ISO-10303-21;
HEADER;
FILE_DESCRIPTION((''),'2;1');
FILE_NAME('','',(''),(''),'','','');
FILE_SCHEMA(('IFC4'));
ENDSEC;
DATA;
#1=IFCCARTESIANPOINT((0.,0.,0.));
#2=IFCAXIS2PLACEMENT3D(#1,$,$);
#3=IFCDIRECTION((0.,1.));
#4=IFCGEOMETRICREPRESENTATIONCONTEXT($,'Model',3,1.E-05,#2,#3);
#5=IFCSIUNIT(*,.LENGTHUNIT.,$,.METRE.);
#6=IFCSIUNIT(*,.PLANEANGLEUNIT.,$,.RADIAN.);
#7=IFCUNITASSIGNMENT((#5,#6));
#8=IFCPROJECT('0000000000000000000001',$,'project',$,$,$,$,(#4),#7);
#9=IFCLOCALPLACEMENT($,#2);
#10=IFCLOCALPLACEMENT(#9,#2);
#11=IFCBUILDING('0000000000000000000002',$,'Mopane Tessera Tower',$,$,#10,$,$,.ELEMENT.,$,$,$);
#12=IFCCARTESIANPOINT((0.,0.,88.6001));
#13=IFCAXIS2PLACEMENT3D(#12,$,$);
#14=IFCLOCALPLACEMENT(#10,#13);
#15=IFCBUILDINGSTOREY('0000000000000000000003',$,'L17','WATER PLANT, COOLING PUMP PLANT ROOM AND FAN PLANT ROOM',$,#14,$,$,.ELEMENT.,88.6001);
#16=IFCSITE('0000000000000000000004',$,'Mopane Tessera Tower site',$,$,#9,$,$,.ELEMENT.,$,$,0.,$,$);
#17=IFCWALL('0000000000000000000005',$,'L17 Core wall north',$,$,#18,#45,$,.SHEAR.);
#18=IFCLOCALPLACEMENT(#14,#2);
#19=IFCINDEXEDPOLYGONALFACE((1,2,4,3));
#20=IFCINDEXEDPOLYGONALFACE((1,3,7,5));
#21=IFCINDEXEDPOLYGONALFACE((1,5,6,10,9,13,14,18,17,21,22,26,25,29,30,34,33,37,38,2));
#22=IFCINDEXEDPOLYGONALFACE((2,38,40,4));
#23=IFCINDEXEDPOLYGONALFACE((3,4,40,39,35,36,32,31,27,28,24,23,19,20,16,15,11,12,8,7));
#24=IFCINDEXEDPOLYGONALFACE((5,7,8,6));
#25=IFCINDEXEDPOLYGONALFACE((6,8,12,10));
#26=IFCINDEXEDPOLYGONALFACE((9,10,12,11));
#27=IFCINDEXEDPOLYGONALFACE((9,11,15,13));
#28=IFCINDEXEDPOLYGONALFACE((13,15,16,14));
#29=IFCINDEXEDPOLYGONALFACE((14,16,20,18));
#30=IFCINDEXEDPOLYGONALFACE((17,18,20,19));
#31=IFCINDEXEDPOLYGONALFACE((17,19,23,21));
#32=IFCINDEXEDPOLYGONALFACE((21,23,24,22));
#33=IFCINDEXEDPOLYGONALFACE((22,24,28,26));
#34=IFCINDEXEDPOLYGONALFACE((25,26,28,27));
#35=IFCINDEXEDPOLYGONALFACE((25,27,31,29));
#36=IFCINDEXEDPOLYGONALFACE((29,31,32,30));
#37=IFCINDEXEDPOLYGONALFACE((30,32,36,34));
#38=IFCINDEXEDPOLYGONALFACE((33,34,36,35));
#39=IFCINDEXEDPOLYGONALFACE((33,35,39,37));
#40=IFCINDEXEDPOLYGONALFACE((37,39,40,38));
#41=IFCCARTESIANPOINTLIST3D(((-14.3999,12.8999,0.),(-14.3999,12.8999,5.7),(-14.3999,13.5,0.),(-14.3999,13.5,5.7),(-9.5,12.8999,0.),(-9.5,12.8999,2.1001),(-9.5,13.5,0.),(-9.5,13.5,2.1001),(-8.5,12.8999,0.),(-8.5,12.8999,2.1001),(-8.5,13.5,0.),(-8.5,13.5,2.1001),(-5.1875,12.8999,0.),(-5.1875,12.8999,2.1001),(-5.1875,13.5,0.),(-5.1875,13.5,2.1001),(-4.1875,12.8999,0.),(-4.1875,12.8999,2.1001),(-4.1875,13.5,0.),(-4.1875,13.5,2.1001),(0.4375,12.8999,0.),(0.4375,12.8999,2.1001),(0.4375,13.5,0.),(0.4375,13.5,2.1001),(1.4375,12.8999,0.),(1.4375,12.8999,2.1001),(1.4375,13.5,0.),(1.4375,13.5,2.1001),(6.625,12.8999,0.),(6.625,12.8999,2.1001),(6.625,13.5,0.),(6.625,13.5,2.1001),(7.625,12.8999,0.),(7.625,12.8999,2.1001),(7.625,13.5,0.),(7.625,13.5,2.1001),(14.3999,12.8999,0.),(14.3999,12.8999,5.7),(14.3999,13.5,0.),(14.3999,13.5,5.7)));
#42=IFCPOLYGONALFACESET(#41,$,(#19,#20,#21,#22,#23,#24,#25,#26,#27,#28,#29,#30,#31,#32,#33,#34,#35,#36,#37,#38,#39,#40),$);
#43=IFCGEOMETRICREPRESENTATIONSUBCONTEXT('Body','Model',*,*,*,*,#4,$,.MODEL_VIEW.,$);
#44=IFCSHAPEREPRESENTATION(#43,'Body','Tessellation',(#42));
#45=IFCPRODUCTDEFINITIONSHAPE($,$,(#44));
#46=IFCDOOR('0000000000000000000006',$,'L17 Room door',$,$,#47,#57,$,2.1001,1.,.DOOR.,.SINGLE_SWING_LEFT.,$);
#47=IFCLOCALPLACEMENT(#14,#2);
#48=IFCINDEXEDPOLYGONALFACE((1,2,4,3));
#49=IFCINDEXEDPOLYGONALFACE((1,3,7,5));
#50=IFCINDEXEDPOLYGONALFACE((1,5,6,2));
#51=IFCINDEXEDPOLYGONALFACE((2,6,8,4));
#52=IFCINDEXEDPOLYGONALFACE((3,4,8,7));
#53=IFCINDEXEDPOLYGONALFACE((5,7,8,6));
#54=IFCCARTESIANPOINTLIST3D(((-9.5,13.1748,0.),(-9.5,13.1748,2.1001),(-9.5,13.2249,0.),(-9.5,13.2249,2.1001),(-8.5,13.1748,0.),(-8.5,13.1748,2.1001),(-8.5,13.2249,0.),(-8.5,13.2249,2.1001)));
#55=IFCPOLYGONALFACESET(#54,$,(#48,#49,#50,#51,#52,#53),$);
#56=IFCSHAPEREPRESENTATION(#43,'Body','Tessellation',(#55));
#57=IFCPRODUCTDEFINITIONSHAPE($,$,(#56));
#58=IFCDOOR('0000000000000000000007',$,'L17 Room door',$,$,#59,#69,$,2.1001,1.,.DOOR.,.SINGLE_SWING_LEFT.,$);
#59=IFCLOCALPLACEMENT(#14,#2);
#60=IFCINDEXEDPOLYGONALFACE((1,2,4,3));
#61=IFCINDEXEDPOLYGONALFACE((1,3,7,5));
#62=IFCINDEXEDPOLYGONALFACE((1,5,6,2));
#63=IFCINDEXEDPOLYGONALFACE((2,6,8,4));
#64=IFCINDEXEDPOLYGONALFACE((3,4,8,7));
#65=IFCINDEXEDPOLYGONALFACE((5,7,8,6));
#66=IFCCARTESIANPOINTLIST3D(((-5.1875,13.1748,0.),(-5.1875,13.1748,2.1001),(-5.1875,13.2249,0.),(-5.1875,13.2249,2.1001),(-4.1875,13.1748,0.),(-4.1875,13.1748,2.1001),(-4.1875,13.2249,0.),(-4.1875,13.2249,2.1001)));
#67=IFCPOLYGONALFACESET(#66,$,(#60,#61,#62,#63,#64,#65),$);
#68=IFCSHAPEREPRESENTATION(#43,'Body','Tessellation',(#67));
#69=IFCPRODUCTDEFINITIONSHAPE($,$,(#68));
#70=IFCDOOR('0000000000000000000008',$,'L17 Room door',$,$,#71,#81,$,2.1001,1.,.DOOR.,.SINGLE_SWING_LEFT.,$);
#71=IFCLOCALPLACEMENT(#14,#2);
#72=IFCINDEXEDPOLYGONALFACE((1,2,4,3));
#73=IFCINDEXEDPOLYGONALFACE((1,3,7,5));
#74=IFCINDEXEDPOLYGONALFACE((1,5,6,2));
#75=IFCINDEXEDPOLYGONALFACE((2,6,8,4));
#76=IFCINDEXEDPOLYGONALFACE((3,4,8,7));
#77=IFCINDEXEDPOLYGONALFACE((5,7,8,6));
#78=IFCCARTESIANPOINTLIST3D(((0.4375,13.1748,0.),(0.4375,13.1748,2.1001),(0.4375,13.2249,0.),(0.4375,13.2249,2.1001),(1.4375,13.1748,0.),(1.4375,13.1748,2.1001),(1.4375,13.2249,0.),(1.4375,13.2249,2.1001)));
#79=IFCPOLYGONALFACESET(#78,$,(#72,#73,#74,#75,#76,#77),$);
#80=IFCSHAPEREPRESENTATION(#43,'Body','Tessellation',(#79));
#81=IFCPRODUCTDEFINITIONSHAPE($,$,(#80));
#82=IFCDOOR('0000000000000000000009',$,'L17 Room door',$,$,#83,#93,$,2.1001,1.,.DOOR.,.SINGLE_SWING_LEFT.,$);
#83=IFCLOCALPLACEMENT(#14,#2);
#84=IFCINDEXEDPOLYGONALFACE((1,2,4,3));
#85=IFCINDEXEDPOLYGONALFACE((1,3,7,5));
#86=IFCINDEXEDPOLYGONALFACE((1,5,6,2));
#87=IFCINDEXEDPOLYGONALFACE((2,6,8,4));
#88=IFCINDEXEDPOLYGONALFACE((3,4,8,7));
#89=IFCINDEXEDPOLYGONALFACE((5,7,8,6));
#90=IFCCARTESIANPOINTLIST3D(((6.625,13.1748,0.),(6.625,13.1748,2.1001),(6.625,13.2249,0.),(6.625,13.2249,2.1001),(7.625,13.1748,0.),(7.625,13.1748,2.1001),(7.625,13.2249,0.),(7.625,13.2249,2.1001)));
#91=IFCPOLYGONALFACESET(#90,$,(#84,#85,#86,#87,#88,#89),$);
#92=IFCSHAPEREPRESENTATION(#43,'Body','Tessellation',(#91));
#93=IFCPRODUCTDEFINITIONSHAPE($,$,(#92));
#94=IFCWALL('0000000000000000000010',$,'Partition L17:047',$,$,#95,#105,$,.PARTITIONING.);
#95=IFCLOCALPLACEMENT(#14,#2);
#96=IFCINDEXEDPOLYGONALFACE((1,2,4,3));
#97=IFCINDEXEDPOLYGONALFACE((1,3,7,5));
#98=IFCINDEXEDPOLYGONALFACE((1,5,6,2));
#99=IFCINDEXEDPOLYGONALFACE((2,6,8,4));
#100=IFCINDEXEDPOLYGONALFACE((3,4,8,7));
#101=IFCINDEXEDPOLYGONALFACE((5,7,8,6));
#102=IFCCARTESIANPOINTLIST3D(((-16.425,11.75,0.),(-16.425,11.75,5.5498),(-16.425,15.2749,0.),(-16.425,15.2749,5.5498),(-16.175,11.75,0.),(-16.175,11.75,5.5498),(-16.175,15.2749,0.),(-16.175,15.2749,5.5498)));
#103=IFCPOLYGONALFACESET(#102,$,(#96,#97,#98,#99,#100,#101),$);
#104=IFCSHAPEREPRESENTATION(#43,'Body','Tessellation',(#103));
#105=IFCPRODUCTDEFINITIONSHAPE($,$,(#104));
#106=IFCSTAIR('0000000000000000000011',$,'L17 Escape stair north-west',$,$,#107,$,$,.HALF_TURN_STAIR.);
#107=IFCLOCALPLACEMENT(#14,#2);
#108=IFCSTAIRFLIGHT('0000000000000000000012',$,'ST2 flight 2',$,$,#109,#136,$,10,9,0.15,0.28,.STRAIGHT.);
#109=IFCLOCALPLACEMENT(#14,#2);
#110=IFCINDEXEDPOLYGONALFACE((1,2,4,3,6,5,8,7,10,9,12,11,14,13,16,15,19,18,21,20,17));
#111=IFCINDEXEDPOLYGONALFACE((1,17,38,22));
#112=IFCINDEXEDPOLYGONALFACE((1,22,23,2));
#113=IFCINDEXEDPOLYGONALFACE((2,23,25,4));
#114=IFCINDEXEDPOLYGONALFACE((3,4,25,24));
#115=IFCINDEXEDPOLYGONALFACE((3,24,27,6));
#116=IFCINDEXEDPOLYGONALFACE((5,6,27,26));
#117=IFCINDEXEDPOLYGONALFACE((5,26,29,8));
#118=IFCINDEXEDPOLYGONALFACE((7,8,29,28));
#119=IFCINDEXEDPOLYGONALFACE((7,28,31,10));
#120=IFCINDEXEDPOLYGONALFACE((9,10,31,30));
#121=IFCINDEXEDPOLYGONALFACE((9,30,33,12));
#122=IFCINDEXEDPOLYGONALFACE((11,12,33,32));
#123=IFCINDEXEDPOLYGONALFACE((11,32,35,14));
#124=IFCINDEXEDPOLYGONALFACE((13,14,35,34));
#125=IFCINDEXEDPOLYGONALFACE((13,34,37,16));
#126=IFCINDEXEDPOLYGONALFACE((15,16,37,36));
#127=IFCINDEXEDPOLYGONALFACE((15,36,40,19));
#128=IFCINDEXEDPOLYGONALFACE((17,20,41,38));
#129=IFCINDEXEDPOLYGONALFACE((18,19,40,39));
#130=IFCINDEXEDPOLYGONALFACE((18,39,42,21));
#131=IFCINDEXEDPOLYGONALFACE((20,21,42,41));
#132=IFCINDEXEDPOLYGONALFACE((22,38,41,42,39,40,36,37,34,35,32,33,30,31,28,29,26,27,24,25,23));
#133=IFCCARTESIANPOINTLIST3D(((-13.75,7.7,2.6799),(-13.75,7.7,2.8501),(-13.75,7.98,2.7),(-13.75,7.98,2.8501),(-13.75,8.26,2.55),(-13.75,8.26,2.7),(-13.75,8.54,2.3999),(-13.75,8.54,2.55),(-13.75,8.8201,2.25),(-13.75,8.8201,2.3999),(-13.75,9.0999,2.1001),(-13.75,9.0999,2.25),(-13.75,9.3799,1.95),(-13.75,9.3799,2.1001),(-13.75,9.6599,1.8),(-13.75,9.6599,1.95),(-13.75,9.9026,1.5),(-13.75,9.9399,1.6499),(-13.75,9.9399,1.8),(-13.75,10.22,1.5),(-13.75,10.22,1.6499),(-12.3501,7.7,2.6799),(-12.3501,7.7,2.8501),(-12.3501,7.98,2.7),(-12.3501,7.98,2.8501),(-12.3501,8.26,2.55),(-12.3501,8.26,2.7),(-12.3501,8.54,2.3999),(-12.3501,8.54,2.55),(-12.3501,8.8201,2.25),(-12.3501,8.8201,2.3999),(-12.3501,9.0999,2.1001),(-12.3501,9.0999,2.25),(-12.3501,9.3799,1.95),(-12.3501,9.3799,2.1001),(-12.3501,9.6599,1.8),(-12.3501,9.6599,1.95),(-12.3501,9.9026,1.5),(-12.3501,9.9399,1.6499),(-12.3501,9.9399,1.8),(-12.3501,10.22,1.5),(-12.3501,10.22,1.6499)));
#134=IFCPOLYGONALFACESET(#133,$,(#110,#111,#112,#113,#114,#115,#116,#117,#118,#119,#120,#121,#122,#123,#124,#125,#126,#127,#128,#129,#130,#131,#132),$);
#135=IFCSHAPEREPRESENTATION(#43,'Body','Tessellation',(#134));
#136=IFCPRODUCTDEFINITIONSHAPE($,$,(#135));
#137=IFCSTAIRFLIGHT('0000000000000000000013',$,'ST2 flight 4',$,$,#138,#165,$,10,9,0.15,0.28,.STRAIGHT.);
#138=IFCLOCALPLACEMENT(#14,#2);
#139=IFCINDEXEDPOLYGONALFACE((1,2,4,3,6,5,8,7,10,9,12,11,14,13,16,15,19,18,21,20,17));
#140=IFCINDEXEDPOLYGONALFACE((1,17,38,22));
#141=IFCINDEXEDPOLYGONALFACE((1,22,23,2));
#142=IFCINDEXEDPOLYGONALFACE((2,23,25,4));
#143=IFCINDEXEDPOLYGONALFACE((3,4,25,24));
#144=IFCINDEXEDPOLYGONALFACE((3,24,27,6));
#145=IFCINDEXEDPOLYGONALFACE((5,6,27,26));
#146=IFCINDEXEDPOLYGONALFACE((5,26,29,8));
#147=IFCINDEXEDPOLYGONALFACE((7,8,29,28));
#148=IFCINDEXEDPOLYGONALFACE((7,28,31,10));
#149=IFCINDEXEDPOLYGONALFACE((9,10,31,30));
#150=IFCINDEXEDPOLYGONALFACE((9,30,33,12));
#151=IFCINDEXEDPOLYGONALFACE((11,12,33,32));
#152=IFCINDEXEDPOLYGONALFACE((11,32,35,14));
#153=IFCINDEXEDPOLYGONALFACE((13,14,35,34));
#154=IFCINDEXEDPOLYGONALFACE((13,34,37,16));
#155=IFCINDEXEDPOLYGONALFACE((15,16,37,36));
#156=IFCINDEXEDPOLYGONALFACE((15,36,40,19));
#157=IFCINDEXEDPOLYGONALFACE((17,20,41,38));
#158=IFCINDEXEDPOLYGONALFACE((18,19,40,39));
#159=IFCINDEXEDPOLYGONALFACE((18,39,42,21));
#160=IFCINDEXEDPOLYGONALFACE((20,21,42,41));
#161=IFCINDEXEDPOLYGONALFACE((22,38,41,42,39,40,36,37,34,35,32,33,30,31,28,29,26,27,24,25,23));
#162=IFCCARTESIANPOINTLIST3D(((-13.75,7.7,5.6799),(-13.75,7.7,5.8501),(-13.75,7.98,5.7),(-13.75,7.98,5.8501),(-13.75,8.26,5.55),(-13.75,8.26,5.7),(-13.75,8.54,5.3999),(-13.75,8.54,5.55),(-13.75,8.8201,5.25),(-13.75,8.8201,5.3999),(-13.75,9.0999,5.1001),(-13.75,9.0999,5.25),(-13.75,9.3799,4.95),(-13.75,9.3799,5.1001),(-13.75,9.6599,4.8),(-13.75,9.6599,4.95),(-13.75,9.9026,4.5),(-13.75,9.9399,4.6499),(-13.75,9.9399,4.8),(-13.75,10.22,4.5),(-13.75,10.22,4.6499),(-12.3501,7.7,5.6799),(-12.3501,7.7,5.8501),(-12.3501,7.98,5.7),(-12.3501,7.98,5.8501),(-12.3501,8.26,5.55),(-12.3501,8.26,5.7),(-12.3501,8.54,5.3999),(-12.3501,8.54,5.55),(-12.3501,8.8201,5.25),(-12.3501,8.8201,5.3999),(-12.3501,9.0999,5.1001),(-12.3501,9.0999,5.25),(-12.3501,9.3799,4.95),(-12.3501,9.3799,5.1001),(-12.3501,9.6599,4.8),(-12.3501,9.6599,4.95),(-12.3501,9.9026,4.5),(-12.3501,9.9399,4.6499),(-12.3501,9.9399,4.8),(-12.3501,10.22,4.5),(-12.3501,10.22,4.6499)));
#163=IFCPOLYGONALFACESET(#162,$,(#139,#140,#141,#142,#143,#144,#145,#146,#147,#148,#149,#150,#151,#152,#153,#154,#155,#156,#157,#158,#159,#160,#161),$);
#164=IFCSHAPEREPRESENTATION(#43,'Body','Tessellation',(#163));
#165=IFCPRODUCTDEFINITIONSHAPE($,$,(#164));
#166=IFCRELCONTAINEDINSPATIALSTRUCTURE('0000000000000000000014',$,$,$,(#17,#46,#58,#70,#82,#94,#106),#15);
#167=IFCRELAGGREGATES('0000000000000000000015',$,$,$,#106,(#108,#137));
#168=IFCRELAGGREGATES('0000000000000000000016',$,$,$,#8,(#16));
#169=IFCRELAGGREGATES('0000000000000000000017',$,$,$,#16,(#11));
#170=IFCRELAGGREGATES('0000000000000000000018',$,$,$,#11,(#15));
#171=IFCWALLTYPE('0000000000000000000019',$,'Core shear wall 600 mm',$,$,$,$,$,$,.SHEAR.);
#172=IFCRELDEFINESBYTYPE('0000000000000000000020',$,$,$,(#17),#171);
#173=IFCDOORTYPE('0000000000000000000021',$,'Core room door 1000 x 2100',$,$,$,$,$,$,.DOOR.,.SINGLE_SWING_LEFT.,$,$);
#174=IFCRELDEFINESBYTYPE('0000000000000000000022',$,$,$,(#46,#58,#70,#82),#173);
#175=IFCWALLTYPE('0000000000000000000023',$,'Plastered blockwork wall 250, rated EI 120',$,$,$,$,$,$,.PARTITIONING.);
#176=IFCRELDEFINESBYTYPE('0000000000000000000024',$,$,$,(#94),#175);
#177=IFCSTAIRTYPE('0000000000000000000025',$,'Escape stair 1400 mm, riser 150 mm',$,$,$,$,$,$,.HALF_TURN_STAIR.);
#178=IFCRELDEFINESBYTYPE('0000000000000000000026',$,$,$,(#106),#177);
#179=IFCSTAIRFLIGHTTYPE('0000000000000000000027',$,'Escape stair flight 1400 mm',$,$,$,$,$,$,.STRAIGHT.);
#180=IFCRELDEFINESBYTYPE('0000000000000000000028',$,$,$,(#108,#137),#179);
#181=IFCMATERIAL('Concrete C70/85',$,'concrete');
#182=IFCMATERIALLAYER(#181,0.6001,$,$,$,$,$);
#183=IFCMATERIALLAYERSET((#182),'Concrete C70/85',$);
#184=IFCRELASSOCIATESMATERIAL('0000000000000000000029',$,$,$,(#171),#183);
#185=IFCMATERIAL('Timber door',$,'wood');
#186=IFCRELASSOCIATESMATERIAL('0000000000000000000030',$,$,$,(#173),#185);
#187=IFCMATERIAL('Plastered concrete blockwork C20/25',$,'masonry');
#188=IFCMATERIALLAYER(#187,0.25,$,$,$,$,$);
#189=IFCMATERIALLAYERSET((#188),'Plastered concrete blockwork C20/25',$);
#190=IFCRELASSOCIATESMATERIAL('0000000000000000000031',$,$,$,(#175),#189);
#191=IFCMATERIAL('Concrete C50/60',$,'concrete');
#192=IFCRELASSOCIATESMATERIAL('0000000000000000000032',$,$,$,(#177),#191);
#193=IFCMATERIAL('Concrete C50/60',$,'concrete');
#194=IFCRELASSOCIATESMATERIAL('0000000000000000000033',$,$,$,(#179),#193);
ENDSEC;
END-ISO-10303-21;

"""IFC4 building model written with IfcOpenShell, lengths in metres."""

from ifc_helpers import new_model, si_unit, direction, frame, frame_2d, origin, place, context, subcontext, project, spatial, polyline, rectangle, outline, extrude, material, layer, layer_set, type_object, element, fill, aggregate, save


model = new_model("IFC4")

# Units and contexts
model_context = context("Model", 3, precision=1e-05, world=origin(), true_north=direction((0.0, 1.0)))
body_context = subcontext(model_context, "Body", "Model", "MODEL_VIEW")
ifc_project = project(units=[si_unit("LENGTHUNIT", "METRE"), si_unit("PLANEANGLEUNIT", "RADIAN")], contexts=[model_context])

# Site, building, storey
site_placement = place(None, origin())
site = spatial("IfcSite", under=ifc_project, at=site_placement, Name="Mopane Tessera Tower site", CompositionType="ELEMENT", RefElevation=0.0)
building_placement = place(site_placement, origin())
building = spatial("IfcBuilding", under=site, at=building_placement, Name="Mopane Tessera Tower", CompositionType="ELEMENT")
storey_placement = place(building_placement, frame((0.0, 0.0, 88.6001)))
storey = spatial("IfcBuildingStorey", under=building, at=storey_placement, Name="L17", Description="WATER PLANT, COOLING PUMP PLANT ROOM AND FAN PLANT ROOM", CompositionType="ELEMENT", Elevation=88.6001)

# Wall, openings, doors
ifc_material_1 = material(Name="Concrete C70/85", Category="concrete")
ifc_layer_1 = layer(ifc_material_1, 0.6001)
ifc_layer_set_1 = layer_set([ifc_layer_1], Name="Concrete C70/85")
wall_type_1 = type_object("IfcWallType", Name="Core shear wall 600 mm", PredefinedType="SHEAR", material=ifc_layer_set_1)
wall_1_placement = place(storey_placement, frame((-14.3999, 13.2, 0.0), z_axis=(0.0, 0.0, 1.0), x_axis=(1.0, 0.0, 0.0)))
wall_1 = element("IfcWall", 1, at=wall_1_placement, inside=storey, type_object=wall_type_1, Name="L17 Core wall north", PredefinedType="SHEAR", context=body_context, shape_type="SweptSolid", body=[
    extrude(rectangle(XDim=28.7998, YDim=0.6001, at=frame_2d((14.3999, 0.0))), origin(), (0.0, 0.0, 1.0), 5.7),
])
opening_1_placement = place(wall_1_placement, frame((4.8999, 0.0, 0.0)))
opening_1 = element("IfcOpeningElement", 2, at=opening_1_placement, cuts=wall_1, PredefinedType="OPENING", context=body_context, shape_type="SweptSolid", body=[
    extrude(rectangle(XDim=1.0, YDim=2.1001, at=frame_2d((0.5, 1.05))), frame((0.0, 0.312, 0.0), z_axis=(0.0, -1.0, 0.0), x_axis=(1.0, 0.0, 0.0)), (0.0, 0.0, 1.0), 0.624),
])
opening_2_placement = place(wall_1_placement, frame((9.2124, 0.0, 0.0)))
opening_2 = element("IfcOpeningElement", 3, at=opening_2_placement, cuts=wall_1, PredefinedType="OPENING", context=body_context, shape_type="SweptSolid", body=[
    extrude(rectangle(XDim=1.0, YDim=2.1001, at=frame_2d((0.5, 1.05))), frame((0.0, 0.312, 0.0), z_axis=(0.0, -1.0, 0.0), x_axis=(1.0, 0.0, 0.0)), (0.0, 0.0, 1.0), 0.624),
])
opening_3_placement = place(wall_1_placement, frame((14.8374, 0.0, 0.0)))
opening_3 = element("IfcOpeningElement", 4, at=opening_3_placement, cuts=wall_1, PredefinedType="OPENING", context=body_context, shape_type="SweptSolid", body=[
    extrude(rectangle(XDim=1.0, YDim=2.1001, at=frame_2d((0.5, 1.05))), frame((0.0, 0.312, 0.0), z_axis=(0.0, -1.0, 0.0), x_axis=(1.0, 0.0, 0.0)), (0.0, 0.0, 1.0), 0.624),
])
opening_4_placement = place(wall_1_placement, frame((21.0249, 0.0, 0.0)))
opening_4 = element("IfcOpeningElement", 5, at=opening_4_placement, cuts=wall_1, PredefinedType="OPENING", context=body_context, shape_type="SweptSolid", body=[
    extrude(rectangle(XDim=1.0, YDim=2.1001, at=frame_2d((0.5, 1.05))), frame((0.0, 0.312, 0.0), z_axis=(0.0, -1.0, 0.0), x_axis=(1.0, 0.0, 0.0)), (0.0, 0.0, 1.0), 0.624),
])
ifc_material_2 = material(Name="Timber door", Category="wood")
door_type = type_object("IfcDoorType", Name="Core room door 1000 x 2100", OperationType="SINGLE_SWING_LEFT", PredefinedType="DOOR", material=ifc_material_2)
door_1_placement = place(opening_1_placement, origin())
door_1 = element("IfcDoor", 6, at=door_1_placement, inside=storey, type_object=door_type, Name="L17 Room door", OperationType="SINGLE_SWING_LEFT", OverallHeight=2.1001, OverallWidth=1.0, PredefinedType="DOOR", context=body_context, shape_type="SweptSolid", body=[
    extrude(rectangle(XDim=1.0, YDim=2.1001, at=frame_2d((0.5, 1.05))), frame((0.0, 0.0249, 0.0), z_axis=(0.0, -1.0, 0.0), x_axis=(1.0, 0.0, 0.0)), (0.0, 0.0, 1.0), 0.05),
])
fill(opening_1, door_1)
door_2_placement = place(opening_2_placement, origin())
door_2 = element("IfcDoor", 7, at=door_2_placement, inside=storey, type_object=door_type, Name="L17 Room door", OperationType="SINGLE_SWING_LEFT", OverallHeight=2.1001, OverallWidth=1.0, PredefinedType="DOOR", context=body_context, shape_type="SweptSolid", body=[
    extrude(rectangle(XDim=1.0, YDim=2.1001, at=frame_2d((0.5, 1.05))), frame((0.0, 0.0249, 0.0), z_axis=(0.0, -1.0, 0.0), x_axis=(1.0, 0.0, 0.0)), (0.0, 0.0, 1.0), 0.05),
])
fill(opening_2, door_2)
door_3_placement = place(opening_3_placement, origin())
door_3 = element("IfcDoor", 8, at=door_3_placement, inside=storey, type_object=door_type, Name="L17 Room door", OperationType="SINGLE_SWING_LEFT", OverallHeight=2.1001, OverallWidth=1.0, PredefinedType="DOOR", context=body_context, shape_type="SweptSolid", body=[
    extrude(rectangle(XDim=1.0, YDim=2.1001, at=frame_2d((0.5, 1.05))), frame((0.0, 0.0249, 0.0), z_axis=(0.0, -1.0, 0.0), x_axis=(1.0, 0.0, 0.0)), (0.0, 0.0, 1.0), 0.05),
])
fill(opening_3, door_3)
door_4_placement = place(opening_4_placement, origin())
door_4 = element("IfcDoor", 9, at=door_4_placement, inside=storey, type_object=door_type, Name="L17 Room door", OperationType="SINGLE_SWING_LEFT", OverallHeight=2.1001, OverallWidth=1.0, PredefinedType="DOOR", context=body_context, shape_type="SweptSolid", body=[
    extrude(rectangle(XDim=1.0, YDim=2.1001, at=frame_2d((0.5, 1.05))), frame((0.0, 0.0249, 0.0), z_axis=(0.0, -1.0, 0.0), x_axis=(1.0, 0.0, 0.0)), (0.0, 0.0, 1.0), 0.05),
])
fill(opening_4, door_4)

# Wall
ifc_material_3 = material(Name="Plastered concrete blockwork C20/25", Category="masonry")
ifc_layer_2 = layer(ifc_material_3, 0.25)
ifc_layer_set_2 = layer_set([ifc_layer_2], Name="Plastered concrete blockwork C20/25")
wall_type_2 = type_object("IfcWallType", Name="Plastered blockwork wall 250, rated EI 120", PredefinedType="PARTITIONING", material=ifc_layer_set_2)
wall_2_placement = place(storey_placement, frame((-16.3, 11.75, 0.0), z_axis=(0.0, 0.0, 1.0), x_axis=(0.0, 1.0, 0.0)))
element("IfcWall", 10, at=wall_2_placement, inside=storey, type_object=wall_type_2, Name="Partition L17:047", PredefinedType="PARTITIONING", context=body_context, shape_type="SweptSolid", body=[
    extrude(rectangle(XDim=3.5249, YDim=0.25, at=frame_2d((1.7625, 0.0))), origin(), (0.0, 0.0, 1.0), 5.5498),
])

# Stair, stair flights
ifc_material_4 = material(Name="Concrete C50/60", Category="concrete")
stair_type = type_object("IfcStairType", Name="Escape stair 1400 mm, riser 150 mm", PredefinedType="HALF_TURN_STAIR", material=ifc_material_4)
stair_placement = place(storey_placement, origin())
stair = element("IfcStair", 11, at=stair_placement, inside=storey, type_object=stair_type, Name="L17 Escape stair north-west", PredefinedType="HALF_TURN_STAIR")
ifc_material_5 = material(Name="Concrete C50/60", Category="concrete")
stair_flight_type = type_object("IfcStairFlightType", Name="Escape stair flight 1400 mm", PredefinedType="STRAIGHT", material=ifc_material_5)
stair_flight_1_placement = place(storey_placement, frame((-13.05, 10.22, 1.5), z_axis=(0.0, 0.0, 1.0), x_axis=(0.0, -1.0, 0.0)))
stair_flight_1 = element("IfcStairFlight", 12, at=stair_flight_1_placement, type_object=stair_flight_type, Name="ST2 flight 2", NumberOfRisers=10, NumberOfTreads=9, PredefinedType="STRAIGHT", RiserHeight=0.15, TreadLength=0.28, context=body_context, shape_type="SweptSolid", body=[
    extrude(outline(polyline([(0.0, 0.0), (0.0, 0.1499), (0.28, 0.1499), (0.28, 0.3), (0.5601, 0.3), (0.5601, 0.45), (0.8401, 0.45), (0.8401, 0.6001), (1.1201, 0.6001), (1.1201, 0.75), (1.3999, 0.75), (1.3999, 0.8999), (1.6799, 0.8999), (1.6799, 1.05), (1.96, 1.05), (1.96, 1.2), (2.24, 1.2), (2.24, 1.3501), (2.52, 1.3501), (2.52, 1.5), (2.52, 1.1799), (0.3174, 0.0), (0.0, 0.0)])), frame((0.0, 0.7, 0.0), z_axis=(0.0, -1.0, 0.0), x_axis=(1.0, 0.0, 0.0)), (0.0, 0.0, 1.0), 1.3999),
])
stair_flight_2_placement = place(storey_placement, frame((-13.05, 10.22, 4.5), z_axis=(0.0, 0.0, 1.0), x_axis=(0.0, -1.0, 0.0)))
stair_flight_2 = element("IfcStairFlight", 13, at=stair_flight_2_placement, type_object=stair_flight_type, Name="ST2 flight 4", NumberOfRisers=10, NumberOfTreads=9, PredefinedType="STRAIGHT", RiserHeight=0.15, TreadLength=0.28, context=body_context, shape_type="SweptSolid", body=[
    extrude(outline(polyline([(0.0, 0.0), (0.0, 0.1499), (0.28, 0.1499), (0.28, 0.3), (0.5601, 0.3), (0.5601, 0.45), (0.8401, 0.45), (0.8401, 0.6001), (1.1201, 0.6001), (1.1201, 0.75), (1.3999, 0.75), (1.3999, 0.8999), (1.6799, 0.8999), (1.6799, 1.05), (1.96, 1.05), (1.96, 1.2), (2.24, 1.2), (2.24, 1.3501), (2.52, 1.3501), (2.52, 1.5), (2.52, 1.1799), (0.3174, 0.0), (0.0, 0.0)])), frame((0.0, 0.7, 0.0), z_axis=(0.0, -1.0, 0.0), x_axis=(1.0, 0.0, 0.0)), (0.0, 0.0, 1.0), 1.3999),
])
aggregate(stair, [stair_flight_1, stair_flight_2])

save(model, "model.ifc")
